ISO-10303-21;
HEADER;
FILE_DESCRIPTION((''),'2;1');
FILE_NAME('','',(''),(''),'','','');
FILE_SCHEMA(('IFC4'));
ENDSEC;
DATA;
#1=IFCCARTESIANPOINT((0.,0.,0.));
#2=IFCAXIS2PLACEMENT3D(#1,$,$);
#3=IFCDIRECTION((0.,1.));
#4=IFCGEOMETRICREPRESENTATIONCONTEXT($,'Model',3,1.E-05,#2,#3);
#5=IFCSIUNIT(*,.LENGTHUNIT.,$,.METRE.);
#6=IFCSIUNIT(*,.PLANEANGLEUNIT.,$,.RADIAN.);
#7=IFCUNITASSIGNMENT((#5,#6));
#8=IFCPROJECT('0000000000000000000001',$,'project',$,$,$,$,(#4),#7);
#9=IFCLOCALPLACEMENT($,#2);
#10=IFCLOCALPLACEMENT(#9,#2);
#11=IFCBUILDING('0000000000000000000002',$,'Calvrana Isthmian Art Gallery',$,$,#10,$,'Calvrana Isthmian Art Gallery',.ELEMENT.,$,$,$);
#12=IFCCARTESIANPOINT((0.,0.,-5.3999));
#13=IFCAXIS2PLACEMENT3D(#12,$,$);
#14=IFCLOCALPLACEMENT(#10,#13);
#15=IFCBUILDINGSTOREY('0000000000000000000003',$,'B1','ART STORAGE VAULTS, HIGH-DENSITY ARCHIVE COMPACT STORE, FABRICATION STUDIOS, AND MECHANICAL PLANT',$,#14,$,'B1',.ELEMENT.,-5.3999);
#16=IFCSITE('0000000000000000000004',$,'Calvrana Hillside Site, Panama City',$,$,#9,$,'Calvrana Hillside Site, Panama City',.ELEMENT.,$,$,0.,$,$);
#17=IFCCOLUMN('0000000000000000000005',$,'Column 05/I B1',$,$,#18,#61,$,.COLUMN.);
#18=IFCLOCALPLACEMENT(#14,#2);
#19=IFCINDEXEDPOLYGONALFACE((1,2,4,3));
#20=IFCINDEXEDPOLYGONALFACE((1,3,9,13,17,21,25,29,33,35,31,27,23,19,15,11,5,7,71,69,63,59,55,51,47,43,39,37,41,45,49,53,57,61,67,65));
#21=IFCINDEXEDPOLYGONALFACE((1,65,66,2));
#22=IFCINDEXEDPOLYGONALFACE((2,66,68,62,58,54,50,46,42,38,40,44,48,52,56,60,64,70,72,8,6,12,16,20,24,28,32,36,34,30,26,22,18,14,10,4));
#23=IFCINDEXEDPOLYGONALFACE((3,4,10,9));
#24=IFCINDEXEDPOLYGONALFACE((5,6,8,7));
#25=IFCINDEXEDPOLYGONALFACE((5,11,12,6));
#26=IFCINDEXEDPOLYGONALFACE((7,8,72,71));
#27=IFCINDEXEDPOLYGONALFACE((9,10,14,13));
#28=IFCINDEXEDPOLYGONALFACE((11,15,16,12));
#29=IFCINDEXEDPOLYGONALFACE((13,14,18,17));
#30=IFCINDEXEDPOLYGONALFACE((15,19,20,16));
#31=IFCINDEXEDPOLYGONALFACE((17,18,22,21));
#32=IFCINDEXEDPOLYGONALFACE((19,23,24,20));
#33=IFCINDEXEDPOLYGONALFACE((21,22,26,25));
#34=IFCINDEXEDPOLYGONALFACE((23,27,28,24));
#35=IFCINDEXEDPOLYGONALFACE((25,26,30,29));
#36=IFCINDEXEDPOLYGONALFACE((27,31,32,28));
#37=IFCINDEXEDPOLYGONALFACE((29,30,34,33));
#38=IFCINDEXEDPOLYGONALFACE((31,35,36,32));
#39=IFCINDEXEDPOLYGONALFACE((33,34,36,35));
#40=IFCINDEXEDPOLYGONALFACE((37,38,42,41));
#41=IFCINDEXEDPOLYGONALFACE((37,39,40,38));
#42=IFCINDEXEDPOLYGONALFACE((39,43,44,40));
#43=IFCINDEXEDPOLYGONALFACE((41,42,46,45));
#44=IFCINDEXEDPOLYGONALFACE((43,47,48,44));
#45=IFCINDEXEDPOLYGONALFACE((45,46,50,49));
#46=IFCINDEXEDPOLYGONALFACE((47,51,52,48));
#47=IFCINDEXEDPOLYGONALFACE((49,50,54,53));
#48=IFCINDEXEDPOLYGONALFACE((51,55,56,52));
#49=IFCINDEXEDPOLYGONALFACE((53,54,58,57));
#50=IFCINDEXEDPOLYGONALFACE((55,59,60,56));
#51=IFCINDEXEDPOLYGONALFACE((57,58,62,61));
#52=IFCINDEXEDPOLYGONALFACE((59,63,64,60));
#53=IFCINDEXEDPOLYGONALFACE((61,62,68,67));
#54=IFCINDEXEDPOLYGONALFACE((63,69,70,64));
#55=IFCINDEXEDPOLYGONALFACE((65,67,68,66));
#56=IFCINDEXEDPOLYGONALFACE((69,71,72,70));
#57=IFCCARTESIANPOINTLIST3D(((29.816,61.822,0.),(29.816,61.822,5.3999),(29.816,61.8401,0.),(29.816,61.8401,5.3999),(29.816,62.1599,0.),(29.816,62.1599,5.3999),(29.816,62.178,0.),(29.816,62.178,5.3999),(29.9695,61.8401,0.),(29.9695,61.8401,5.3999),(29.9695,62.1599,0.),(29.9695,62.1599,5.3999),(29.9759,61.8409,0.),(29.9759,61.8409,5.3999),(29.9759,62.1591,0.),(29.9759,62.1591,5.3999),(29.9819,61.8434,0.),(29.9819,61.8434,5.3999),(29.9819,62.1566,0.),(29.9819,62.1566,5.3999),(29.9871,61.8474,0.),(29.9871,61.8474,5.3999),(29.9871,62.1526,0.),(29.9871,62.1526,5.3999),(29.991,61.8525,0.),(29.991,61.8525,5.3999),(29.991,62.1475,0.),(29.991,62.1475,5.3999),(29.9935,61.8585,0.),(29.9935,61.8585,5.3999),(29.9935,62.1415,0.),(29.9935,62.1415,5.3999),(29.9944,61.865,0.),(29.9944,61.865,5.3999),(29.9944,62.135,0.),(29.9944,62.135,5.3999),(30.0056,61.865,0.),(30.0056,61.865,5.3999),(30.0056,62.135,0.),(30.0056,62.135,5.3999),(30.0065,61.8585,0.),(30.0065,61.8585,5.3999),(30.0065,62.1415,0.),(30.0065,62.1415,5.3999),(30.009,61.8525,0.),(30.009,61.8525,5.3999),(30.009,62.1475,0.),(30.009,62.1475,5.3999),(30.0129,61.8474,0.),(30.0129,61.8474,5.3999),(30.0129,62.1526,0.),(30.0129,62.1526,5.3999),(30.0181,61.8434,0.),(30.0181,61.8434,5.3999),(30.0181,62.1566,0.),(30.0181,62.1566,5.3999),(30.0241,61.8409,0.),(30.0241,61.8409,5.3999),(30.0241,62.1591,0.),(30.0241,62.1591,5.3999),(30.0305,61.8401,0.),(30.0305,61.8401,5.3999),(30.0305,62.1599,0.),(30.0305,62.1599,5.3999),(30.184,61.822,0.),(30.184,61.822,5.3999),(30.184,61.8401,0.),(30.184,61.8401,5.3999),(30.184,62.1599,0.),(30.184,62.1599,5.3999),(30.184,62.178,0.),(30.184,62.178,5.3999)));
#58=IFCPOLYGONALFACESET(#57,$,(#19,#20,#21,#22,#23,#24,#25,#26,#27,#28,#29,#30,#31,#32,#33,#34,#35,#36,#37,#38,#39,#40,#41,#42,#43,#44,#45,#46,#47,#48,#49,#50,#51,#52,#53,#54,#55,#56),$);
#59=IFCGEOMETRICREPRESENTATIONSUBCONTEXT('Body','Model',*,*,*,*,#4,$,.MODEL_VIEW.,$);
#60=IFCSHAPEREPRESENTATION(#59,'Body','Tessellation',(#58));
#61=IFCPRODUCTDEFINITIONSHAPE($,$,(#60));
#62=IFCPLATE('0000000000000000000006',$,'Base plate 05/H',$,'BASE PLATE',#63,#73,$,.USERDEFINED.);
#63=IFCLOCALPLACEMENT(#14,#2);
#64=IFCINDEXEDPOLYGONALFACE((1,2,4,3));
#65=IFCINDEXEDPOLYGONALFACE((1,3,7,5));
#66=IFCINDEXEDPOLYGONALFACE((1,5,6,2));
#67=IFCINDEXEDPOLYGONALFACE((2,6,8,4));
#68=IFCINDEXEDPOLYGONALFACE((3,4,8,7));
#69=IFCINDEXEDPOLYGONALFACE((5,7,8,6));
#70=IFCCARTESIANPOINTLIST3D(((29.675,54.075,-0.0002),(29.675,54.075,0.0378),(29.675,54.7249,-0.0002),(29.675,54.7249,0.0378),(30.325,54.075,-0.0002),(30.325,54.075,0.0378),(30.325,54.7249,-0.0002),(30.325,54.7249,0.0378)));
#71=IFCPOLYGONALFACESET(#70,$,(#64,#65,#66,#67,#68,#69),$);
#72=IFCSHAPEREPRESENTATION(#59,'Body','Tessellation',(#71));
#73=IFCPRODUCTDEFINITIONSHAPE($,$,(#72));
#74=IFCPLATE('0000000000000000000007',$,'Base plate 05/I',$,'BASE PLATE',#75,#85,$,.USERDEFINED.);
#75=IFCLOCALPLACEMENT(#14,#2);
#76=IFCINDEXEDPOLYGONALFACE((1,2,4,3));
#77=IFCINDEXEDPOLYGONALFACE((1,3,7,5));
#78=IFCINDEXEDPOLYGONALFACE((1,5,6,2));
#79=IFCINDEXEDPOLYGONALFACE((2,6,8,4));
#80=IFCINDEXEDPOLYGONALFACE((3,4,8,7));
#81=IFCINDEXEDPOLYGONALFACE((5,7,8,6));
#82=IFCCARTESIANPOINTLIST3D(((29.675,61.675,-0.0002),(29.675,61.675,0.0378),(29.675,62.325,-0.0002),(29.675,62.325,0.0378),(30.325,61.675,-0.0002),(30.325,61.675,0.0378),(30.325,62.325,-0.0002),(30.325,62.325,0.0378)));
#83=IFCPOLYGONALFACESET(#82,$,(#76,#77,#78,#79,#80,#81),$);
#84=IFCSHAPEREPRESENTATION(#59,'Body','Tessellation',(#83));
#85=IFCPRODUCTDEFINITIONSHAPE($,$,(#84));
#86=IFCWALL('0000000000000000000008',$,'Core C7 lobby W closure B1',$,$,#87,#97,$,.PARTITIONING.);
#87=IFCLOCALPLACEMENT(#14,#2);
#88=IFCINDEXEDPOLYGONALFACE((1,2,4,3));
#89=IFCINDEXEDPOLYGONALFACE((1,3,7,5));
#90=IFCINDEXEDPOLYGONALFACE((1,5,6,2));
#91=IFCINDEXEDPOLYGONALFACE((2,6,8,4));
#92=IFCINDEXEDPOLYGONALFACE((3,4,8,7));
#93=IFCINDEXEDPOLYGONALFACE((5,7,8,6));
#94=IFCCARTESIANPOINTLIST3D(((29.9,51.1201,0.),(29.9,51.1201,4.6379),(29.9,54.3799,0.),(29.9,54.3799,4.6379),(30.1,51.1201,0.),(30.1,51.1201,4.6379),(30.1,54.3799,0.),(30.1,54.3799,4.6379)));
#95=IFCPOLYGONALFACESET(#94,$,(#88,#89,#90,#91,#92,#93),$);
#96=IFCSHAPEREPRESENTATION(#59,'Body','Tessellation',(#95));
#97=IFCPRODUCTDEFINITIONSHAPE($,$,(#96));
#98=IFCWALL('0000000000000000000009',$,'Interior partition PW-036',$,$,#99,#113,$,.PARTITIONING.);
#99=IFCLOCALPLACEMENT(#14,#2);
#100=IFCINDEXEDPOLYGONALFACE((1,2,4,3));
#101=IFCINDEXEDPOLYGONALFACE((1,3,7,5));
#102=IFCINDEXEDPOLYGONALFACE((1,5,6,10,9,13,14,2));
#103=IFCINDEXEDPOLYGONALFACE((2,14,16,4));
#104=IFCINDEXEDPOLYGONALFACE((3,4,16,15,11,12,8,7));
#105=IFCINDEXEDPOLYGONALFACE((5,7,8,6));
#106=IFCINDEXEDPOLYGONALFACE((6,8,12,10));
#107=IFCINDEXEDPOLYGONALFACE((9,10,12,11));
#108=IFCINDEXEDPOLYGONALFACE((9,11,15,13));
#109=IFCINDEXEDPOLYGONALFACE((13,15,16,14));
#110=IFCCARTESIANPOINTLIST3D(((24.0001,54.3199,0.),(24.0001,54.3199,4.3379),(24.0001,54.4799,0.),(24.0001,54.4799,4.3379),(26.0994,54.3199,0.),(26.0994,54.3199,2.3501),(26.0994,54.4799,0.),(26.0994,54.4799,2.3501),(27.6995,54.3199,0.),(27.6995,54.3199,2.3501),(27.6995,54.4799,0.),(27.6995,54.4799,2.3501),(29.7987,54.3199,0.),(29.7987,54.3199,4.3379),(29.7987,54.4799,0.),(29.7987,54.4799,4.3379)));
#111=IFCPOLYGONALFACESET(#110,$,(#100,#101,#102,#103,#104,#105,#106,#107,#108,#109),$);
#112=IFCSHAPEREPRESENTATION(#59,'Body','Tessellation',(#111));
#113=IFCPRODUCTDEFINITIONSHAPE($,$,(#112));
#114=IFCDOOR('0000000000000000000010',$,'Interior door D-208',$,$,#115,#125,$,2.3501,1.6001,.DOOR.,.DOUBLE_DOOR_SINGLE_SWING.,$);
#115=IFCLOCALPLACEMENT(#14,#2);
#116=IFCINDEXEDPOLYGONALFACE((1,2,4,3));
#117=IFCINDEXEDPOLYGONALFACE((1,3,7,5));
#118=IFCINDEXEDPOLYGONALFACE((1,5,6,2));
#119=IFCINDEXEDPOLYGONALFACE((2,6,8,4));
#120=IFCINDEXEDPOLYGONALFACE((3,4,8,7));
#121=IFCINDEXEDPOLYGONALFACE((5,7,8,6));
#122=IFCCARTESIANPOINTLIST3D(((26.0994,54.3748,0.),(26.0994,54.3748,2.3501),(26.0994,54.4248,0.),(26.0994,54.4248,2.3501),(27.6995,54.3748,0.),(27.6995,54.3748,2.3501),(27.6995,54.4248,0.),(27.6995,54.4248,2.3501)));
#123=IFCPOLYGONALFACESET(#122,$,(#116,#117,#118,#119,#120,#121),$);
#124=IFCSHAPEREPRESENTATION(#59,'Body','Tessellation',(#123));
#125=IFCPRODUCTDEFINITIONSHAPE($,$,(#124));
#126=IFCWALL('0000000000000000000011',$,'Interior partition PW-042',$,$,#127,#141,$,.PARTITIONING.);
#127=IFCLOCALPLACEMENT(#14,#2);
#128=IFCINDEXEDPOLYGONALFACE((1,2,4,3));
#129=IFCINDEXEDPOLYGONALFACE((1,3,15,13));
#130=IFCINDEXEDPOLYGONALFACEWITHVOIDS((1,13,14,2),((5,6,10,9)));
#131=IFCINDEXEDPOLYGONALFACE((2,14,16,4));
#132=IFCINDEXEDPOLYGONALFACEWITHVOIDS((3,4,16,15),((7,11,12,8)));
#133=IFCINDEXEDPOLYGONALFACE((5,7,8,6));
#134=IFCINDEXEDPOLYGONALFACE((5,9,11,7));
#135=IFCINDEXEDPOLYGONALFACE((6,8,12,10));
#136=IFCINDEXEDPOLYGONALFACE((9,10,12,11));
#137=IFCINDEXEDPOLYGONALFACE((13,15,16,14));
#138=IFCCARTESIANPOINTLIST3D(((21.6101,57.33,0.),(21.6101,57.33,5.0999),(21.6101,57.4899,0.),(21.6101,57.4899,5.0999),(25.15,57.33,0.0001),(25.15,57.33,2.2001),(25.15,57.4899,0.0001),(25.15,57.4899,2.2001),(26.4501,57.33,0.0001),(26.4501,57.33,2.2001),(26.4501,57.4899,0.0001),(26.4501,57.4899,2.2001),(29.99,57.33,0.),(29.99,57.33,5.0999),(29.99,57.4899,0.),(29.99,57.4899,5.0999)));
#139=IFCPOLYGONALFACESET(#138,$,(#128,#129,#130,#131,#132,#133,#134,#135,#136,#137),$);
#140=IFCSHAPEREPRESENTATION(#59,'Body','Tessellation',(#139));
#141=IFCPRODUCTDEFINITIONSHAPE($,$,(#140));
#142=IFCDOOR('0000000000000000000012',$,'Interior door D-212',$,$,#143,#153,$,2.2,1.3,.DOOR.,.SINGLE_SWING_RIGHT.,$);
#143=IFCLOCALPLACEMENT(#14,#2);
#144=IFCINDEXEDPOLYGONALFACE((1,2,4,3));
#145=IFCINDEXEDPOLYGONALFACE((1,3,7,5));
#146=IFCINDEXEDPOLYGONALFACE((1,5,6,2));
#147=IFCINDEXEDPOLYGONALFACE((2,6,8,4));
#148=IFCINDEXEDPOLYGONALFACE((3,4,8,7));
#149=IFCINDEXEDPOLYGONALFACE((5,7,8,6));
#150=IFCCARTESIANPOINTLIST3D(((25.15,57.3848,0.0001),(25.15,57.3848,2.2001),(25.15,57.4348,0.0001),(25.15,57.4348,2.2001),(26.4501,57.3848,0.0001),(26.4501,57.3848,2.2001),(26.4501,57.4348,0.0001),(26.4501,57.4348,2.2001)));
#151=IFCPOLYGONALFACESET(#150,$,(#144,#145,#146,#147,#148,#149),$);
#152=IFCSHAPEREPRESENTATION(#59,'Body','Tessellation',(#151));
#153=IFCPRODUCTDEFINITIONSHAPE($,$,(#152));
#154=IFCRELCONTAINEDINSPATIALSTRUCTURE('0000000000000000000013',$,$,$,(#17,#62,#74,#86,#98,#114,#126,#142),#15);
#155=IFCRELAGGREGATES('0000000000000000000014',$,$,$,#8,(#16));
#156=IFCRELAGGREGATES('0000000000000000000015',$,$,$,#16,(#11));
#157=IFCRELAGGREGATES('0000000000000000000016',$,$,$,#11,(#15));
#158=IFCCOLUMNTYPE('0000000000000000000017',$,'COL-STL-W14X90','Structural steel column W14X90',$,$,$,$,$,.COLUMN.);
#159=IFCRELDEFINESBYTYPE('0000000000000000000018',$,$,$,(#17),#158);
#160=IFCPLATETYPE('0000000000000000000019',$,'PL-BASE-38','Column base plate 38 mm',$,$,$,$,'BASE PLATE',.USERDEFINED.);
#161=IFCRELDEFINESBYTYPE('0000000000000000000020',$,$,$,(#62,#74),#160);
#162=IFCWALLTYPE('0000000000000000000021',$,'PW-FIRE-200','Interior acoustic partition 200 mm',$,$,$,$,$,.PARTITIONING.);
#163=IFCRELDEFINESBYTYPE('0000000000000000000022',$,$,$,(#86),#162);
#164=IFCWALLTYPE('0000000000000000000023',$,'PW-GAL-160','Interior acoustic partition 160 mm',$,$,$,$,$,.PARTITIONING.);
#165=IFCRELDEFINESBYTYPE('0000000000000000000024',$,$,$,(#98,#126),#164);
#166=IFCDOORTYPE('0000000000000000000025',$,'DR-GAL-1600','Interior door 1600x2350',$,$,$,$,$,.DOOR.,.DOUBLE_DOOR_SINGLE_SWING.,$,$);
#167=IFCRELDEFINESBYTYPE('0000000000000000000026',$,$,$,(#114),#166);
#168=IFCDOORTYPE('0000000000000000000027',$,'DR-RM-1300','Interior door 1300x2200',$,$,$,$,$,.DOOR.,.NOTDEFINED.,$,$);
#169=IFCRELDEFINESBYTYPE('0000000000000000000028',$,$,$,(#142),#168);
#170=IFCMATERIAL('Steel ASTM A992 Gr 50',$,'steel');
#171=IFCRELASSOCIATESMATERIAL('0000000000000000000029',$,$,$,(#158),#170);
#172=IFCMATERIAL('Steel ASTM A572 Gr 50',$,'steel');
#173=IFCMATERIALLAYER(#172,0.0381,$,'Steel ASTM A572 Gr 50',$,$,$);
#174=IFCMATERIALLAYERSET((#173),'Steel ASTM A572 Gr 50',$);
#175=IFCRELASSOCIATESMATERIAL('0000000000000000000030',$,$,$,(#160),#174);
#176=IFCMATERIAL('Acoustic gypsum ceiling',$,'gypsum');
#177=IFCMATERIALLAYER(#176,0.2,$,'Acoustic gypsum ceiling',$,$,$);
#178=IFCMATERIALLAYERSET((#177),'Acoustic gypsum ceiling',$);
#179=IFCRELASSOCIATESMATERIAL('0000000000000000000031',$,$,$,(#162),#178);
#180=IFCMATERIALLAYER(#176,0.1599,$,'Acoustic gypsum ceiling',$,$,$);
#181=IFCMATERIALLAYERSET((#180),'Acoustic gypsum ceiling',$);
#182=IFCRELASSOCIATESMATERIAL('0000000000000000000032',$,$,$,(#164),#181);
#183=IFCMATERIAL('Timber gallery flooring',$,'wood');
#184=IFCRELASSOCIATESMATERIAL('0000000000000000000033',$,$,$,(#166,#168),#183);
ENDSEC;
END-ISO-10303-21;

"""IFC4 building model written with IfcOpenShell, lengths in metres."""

from ifc_helpers import new_model, si_unit, direction, frame, frame_2d, origin, origin_2d, place, context, subcontext, project, spatial, rectangle, i_section, extrude, material, layer, layer_set, material_profile, profile_set, type_object, element, fill, save


model = new_model("IFC4")

# Units and contexts
model_context = context("Model", 3, precision=1e-05, world=origin(), true_north=direction((0.0, 1.0)))
body_context = subcontext(model_context, "Body", "Model", "MODEL_VIEW")
ifc_project = project(units=[si_unit("LENGTHUNIT", "METRE"), si_unit("PLANEANGLEUNIT", "RADIAN")], contexts=[model_context])

# Site, building, storey
site_placement = place(None, origin())
site = spatial("IfcSite", under=ifc_project, at=site_placement, Name="Calvrana Hillside Site, Panama City", LongName="Calvrana Hillside Site, Panama City", CompositionType="ELEMENT", RefElevation=0.0)
building_placement = place(site_placement, origin())
building = spatial("IfcBuilding", under=site, at=building_placement, Name="Calvrana Isthmian Art Gallery", LongName="Calvrana Isthmian Art Gallery", CompositionType="ELEMENT")
storey_placement = place(building_placement, frame((0.0, 0.0, -5.3999)))
storey = spatial("IfcBuildingStorey", under=building, at=storey_placement, Name="B1", Description="ART STORAGE VAULTS, HIGH-DENSITY ARCHIVE COMPACT STORE, FABRICATION STUDIOS, AND MECHANICAL PLANT", LongName="B1", CompositionType="ELEMENT", Elevation=-5.3999)

# Column
ifc_material_1 = material(Name="Steel ASTM A992 Gr 50", Category="steel")
ifc_material_profile_1 = material_profile(ifc_material_1, i_section(OverallWidth=0.3679, OverallDepth=0.356, WebThickness=0.0112, FlangeThickness=0.0181, FilletRadius=0.0249, at=origin_2d()), Name="W14X90")
ifc_profile_set_1 = profile_set([ifc_material_profile_1], Name="Steel ASTM A992 Gr 50")
column_type_1 = type_object("IfcColumnType", Name="COL-STL-W14X90", Description="Structural steel column W14X90", PredefinedType="COLUMN", material=ifc_profile_set_1)
column_1_placement = place(storey_placement, frame((30.0, 62.0, 0.0), z_axis=(0.0, 0.0, 1.0), x_axis=(1.0, 0.0, 0.0)))
element("IfcColumn", 1, at=column_1_placement, inside=storey, type_object=column_type_1, Name="Column 05/I B1", PredefinedType="COLUMN", context=body_context, shape_type="SweptSolid", body=[
    extrude(i_section(OverallWidth=0.3679, OverallDepth=0.356, WebThickness=0.0112, FlangeThickness=0.0181, FilletRadius=0.0249, at=origin_2d()), origin(), (0.0, 0.0, 1.0), 5.3999),
])

# Plates
ifc_material_2 = material(Name="Steel ASTM A572 Gr 50", Category="steel")
ifc_layer_1 = layer(ifc_material_2, 0.0381, Name="Steel ASTM A572 Gr 50")
ifc_layer_set_1 = layer_set([ifc_layer_1], Name="Steel ASTM A572 Gr 50")
plate_type = type_object("IfcPlateType", Name="PL-BASE-38", Description="Column base plate 38 mm", ElementType="BASE PLATE", PredefinedType="USERDEFINED", material=ifc_layer_set_1)
for number, where, z_axis, x_axis, name in (
    (2, (30.0, 54.3999, -0.0002), (0.0, 0.0, 1.0), (1.0, 0.0, 0.0), "Base plate 05/H"),
    (3, (30.0, 62.0, -0.0002), (0.0, 0.0, 1.0), (1.0, 0.0, 0.0), "Base plate 05/I"),
):
    element("IfcPlate", number, at=place(storey_placement, frame(where, z_axis=z_axis, x_axis=x_axis)), inside=storey, type_object=plate_type, Name=name, ObjectType="BASE PLATE", PredefinedType="USERDEFINED", context=body_context, shape_type="SweptSolid", body=[
        extrude(rectangle(XDim=0.6499, YDim=0.6499, at=origin_2d()), origin(), (0.0, 0.0, 1.0), 0.0381),
    ])

# Wall
ifc_material_3 = material(Name="Acoustic gypsum ceiling", Category="gypsum")
ifc_layer_2 = layer(ifc_material_3, 0.2, Name="Acoustic gypsum ceiling")
ifc_layer_set_2 = layer_set([ifc_layer_2], Name="Acoustic gypsum ceiling")
wall_type_1 = type_object("IfcWallType", Name="PW-FIRE-200", Description="Interior acoustic partition 200 mm", PredefinedType="PARTITIONING", material=ifc_layer_set_2)
wall_1_placement = place(storey_placement, frame((30.0, 51.1201, 0.0), z_axis=(0.0, 0.0, 1.0), x_axis=(0.0, 1.0, 0.0)))
element("IfcWall", 4, at=wall_1_placement, inside=storey, type_object=wall_type_1, Name="Core C7 lobby W closure B1", PredefinedType="PARTITIONING", context=body_context, shape_type="SweptSolid", body=[
    extrude(rectangle(XDim=3.2598, YDim=0.2, at=frame_2d((1.6299, 0.0))), origin(), (0.0, 0.0, 1.0), 4.6379),
])

# Walls, openings, doors
ifc_layer_3 = layer(ifc_material_3, 0.1599, Name="Acoustic gypsum ceiling")
ifc_layer_set_3 = layer_set([ifc_layer_3], Name="Acoustic gypsum ceiling")
wall_type_2 = type_object("IfcWallType", Name="PW-GAL-160", Description="Interior acoustic partition 160 mm", PredefinedType="PARTITIONING", material=ifc_layer_set_3)
wall_2_placement = place(storey_placement, frame((24.0, 54.3999, 0.0), z_axis=(0.0, 0.0, 1.0), x_axis=(1.0, 0.0, 0.0)))
wall_2 = element("IfcWall", 5, at=wall_2_placement, inside=storey, type_object=wall_type_2, Name="Interior partition PW-036", PredefinedType="PARTITIONING", context=body_context, shape_type="SweptSolid", body=[
    extrude(rectangle(XDim=5.7986, YDim=0.1599, at=frame_2d((2.8994, 0.0))), origin(), (0.0, 0.0, 1.0), 4.3379),
])
opening_1_placement = place(wall_2_placement, frame((2.0994, 0.0, 0.0)))
opening_1 = element("IfcOpeningElement", 6, at=opening_1_placement, cuts=wall_2, PredefinedType="OPENING", context=body_context, shape_type="SweptSolid", body=[
    extrude(rectangle(XDim=1.6001, YDim=2.3501, at=frame_2d((0.8, 1.175))), frame((0.0, 0.0903, 0.0), z_axis=(0.0, -1.0, 0.0), x_axis=(1.0, 0.0, 0.0)), (0.0, 0.0, 1.0), 0.1804),
])
ifc_material_4 = material(Name="Timber gallery flooring", Category="wood")
door_type_1 = type_object("IfcDoorType", Name="DR-GAL-1600", Description="Interior door 1600x2350", OperationType="DOUBLE_DOOR_SINGLE_SWING", PredefinedType="DOOR", material=ifc_material_4)
door_1_placement = place(opening_1_placement, origin())
door_1 = element("IfcDoor", 7, at=door_1_placement, inside=storey, type_object=door_type_1, Name="Interior door D-208", OperationType="DOUBLE_DOOR_SINGLE_SWING", OverallHeight=2.3501, OverallWidth=1.6001, PredefinedType="DOOR", context=body_context, shape_type="SweptSolid", body=[
    extrude(rectangle(XDim=1.6001, YDim=2.3501, at=frame_2d((0.8, 1.175))), frame((0.0, 0.0249, 0.0), z_axis=(0.0, -1.0, 0.0), x_axis=(1.0, 0.0, 0.0)), (0.0, 0.0, 1.0), 0.05),
])
fill(opening_1, door_1)
wall_3_placement = place(storey_placement, frame((21.6101, 57.4099, 0.0), z_axis=(0.0, 0.0, 1.0), x_axis=(1.0, 0.0, 0.0)))
wall_3 = element("IfcWall", 8, at=wall_3_placement, inside=storey, type_object=wall_type_2, Name="Interior partition PW-042", PredefinedType="PARTITIONING", context=body_context, shape_type="SweptSolid", body=[
    extrude(rectangle(XDim=8.3799, YDim=0.1599, at=frame_2d((4.1899, 0.0))), origin(), (0.0, 0.0, 1.0), 5.0999),
])
opening_2_placement = place(wall_3_placement, frame((3.54, 0.0, 0.0)))
opening_2 = element("IfcOpeningElement", 9, at=opening_2_placement, cuts=wall_3, PredefinedType="OPENING", context=body_context, shape_type="SweptSolid", body=[
    extrude(rectangle(XDim=1.3, YDim=2.2, at=frame_2d((0.6499, 1.1001))), frame((0.0, 0.0903, 0.0), z_axis=(0.0, -1.0, 0.0), x_axis=(1.0, 0.0, 0.0)), (0.0, 0.0, 1.0), 0.1804),
])
door_type_2 = type_object("IfcDoorType", Name="DR-RM-1300", Description="Interior door 1300x2200", OperationType="NOTDEFINED", PredefinedType="DOOR", material=ifc_material_4)
door_2_placement = place(opening_2_placement, origin())
door_2 = element("IfcDoor", 10, at=door_2_placement, inside=storey, type_object=door_type_2, Name="Interior door D-212", OperationType="SINGLE_SWING_RIGHT", OverallHeight=2.2, OverallWidth=1.3, PredefinedType="DOOR", context=body_context, shape_type="SweptSolid", body=[
    extrude(rectangle(XDim=1.3, YDim=2.2, at=frame_2d((0.6499, 1.1001))), frame((0.0, 0.0249, 0.0), z_axis=(0.0, -1.0, 0.0), x_axis=(1.0, 0.0, 0.0)), (0.0, 0.0, 1.0), 0.05),
])
fill(opening_2, door_2)

save(model, "model.ifc")
